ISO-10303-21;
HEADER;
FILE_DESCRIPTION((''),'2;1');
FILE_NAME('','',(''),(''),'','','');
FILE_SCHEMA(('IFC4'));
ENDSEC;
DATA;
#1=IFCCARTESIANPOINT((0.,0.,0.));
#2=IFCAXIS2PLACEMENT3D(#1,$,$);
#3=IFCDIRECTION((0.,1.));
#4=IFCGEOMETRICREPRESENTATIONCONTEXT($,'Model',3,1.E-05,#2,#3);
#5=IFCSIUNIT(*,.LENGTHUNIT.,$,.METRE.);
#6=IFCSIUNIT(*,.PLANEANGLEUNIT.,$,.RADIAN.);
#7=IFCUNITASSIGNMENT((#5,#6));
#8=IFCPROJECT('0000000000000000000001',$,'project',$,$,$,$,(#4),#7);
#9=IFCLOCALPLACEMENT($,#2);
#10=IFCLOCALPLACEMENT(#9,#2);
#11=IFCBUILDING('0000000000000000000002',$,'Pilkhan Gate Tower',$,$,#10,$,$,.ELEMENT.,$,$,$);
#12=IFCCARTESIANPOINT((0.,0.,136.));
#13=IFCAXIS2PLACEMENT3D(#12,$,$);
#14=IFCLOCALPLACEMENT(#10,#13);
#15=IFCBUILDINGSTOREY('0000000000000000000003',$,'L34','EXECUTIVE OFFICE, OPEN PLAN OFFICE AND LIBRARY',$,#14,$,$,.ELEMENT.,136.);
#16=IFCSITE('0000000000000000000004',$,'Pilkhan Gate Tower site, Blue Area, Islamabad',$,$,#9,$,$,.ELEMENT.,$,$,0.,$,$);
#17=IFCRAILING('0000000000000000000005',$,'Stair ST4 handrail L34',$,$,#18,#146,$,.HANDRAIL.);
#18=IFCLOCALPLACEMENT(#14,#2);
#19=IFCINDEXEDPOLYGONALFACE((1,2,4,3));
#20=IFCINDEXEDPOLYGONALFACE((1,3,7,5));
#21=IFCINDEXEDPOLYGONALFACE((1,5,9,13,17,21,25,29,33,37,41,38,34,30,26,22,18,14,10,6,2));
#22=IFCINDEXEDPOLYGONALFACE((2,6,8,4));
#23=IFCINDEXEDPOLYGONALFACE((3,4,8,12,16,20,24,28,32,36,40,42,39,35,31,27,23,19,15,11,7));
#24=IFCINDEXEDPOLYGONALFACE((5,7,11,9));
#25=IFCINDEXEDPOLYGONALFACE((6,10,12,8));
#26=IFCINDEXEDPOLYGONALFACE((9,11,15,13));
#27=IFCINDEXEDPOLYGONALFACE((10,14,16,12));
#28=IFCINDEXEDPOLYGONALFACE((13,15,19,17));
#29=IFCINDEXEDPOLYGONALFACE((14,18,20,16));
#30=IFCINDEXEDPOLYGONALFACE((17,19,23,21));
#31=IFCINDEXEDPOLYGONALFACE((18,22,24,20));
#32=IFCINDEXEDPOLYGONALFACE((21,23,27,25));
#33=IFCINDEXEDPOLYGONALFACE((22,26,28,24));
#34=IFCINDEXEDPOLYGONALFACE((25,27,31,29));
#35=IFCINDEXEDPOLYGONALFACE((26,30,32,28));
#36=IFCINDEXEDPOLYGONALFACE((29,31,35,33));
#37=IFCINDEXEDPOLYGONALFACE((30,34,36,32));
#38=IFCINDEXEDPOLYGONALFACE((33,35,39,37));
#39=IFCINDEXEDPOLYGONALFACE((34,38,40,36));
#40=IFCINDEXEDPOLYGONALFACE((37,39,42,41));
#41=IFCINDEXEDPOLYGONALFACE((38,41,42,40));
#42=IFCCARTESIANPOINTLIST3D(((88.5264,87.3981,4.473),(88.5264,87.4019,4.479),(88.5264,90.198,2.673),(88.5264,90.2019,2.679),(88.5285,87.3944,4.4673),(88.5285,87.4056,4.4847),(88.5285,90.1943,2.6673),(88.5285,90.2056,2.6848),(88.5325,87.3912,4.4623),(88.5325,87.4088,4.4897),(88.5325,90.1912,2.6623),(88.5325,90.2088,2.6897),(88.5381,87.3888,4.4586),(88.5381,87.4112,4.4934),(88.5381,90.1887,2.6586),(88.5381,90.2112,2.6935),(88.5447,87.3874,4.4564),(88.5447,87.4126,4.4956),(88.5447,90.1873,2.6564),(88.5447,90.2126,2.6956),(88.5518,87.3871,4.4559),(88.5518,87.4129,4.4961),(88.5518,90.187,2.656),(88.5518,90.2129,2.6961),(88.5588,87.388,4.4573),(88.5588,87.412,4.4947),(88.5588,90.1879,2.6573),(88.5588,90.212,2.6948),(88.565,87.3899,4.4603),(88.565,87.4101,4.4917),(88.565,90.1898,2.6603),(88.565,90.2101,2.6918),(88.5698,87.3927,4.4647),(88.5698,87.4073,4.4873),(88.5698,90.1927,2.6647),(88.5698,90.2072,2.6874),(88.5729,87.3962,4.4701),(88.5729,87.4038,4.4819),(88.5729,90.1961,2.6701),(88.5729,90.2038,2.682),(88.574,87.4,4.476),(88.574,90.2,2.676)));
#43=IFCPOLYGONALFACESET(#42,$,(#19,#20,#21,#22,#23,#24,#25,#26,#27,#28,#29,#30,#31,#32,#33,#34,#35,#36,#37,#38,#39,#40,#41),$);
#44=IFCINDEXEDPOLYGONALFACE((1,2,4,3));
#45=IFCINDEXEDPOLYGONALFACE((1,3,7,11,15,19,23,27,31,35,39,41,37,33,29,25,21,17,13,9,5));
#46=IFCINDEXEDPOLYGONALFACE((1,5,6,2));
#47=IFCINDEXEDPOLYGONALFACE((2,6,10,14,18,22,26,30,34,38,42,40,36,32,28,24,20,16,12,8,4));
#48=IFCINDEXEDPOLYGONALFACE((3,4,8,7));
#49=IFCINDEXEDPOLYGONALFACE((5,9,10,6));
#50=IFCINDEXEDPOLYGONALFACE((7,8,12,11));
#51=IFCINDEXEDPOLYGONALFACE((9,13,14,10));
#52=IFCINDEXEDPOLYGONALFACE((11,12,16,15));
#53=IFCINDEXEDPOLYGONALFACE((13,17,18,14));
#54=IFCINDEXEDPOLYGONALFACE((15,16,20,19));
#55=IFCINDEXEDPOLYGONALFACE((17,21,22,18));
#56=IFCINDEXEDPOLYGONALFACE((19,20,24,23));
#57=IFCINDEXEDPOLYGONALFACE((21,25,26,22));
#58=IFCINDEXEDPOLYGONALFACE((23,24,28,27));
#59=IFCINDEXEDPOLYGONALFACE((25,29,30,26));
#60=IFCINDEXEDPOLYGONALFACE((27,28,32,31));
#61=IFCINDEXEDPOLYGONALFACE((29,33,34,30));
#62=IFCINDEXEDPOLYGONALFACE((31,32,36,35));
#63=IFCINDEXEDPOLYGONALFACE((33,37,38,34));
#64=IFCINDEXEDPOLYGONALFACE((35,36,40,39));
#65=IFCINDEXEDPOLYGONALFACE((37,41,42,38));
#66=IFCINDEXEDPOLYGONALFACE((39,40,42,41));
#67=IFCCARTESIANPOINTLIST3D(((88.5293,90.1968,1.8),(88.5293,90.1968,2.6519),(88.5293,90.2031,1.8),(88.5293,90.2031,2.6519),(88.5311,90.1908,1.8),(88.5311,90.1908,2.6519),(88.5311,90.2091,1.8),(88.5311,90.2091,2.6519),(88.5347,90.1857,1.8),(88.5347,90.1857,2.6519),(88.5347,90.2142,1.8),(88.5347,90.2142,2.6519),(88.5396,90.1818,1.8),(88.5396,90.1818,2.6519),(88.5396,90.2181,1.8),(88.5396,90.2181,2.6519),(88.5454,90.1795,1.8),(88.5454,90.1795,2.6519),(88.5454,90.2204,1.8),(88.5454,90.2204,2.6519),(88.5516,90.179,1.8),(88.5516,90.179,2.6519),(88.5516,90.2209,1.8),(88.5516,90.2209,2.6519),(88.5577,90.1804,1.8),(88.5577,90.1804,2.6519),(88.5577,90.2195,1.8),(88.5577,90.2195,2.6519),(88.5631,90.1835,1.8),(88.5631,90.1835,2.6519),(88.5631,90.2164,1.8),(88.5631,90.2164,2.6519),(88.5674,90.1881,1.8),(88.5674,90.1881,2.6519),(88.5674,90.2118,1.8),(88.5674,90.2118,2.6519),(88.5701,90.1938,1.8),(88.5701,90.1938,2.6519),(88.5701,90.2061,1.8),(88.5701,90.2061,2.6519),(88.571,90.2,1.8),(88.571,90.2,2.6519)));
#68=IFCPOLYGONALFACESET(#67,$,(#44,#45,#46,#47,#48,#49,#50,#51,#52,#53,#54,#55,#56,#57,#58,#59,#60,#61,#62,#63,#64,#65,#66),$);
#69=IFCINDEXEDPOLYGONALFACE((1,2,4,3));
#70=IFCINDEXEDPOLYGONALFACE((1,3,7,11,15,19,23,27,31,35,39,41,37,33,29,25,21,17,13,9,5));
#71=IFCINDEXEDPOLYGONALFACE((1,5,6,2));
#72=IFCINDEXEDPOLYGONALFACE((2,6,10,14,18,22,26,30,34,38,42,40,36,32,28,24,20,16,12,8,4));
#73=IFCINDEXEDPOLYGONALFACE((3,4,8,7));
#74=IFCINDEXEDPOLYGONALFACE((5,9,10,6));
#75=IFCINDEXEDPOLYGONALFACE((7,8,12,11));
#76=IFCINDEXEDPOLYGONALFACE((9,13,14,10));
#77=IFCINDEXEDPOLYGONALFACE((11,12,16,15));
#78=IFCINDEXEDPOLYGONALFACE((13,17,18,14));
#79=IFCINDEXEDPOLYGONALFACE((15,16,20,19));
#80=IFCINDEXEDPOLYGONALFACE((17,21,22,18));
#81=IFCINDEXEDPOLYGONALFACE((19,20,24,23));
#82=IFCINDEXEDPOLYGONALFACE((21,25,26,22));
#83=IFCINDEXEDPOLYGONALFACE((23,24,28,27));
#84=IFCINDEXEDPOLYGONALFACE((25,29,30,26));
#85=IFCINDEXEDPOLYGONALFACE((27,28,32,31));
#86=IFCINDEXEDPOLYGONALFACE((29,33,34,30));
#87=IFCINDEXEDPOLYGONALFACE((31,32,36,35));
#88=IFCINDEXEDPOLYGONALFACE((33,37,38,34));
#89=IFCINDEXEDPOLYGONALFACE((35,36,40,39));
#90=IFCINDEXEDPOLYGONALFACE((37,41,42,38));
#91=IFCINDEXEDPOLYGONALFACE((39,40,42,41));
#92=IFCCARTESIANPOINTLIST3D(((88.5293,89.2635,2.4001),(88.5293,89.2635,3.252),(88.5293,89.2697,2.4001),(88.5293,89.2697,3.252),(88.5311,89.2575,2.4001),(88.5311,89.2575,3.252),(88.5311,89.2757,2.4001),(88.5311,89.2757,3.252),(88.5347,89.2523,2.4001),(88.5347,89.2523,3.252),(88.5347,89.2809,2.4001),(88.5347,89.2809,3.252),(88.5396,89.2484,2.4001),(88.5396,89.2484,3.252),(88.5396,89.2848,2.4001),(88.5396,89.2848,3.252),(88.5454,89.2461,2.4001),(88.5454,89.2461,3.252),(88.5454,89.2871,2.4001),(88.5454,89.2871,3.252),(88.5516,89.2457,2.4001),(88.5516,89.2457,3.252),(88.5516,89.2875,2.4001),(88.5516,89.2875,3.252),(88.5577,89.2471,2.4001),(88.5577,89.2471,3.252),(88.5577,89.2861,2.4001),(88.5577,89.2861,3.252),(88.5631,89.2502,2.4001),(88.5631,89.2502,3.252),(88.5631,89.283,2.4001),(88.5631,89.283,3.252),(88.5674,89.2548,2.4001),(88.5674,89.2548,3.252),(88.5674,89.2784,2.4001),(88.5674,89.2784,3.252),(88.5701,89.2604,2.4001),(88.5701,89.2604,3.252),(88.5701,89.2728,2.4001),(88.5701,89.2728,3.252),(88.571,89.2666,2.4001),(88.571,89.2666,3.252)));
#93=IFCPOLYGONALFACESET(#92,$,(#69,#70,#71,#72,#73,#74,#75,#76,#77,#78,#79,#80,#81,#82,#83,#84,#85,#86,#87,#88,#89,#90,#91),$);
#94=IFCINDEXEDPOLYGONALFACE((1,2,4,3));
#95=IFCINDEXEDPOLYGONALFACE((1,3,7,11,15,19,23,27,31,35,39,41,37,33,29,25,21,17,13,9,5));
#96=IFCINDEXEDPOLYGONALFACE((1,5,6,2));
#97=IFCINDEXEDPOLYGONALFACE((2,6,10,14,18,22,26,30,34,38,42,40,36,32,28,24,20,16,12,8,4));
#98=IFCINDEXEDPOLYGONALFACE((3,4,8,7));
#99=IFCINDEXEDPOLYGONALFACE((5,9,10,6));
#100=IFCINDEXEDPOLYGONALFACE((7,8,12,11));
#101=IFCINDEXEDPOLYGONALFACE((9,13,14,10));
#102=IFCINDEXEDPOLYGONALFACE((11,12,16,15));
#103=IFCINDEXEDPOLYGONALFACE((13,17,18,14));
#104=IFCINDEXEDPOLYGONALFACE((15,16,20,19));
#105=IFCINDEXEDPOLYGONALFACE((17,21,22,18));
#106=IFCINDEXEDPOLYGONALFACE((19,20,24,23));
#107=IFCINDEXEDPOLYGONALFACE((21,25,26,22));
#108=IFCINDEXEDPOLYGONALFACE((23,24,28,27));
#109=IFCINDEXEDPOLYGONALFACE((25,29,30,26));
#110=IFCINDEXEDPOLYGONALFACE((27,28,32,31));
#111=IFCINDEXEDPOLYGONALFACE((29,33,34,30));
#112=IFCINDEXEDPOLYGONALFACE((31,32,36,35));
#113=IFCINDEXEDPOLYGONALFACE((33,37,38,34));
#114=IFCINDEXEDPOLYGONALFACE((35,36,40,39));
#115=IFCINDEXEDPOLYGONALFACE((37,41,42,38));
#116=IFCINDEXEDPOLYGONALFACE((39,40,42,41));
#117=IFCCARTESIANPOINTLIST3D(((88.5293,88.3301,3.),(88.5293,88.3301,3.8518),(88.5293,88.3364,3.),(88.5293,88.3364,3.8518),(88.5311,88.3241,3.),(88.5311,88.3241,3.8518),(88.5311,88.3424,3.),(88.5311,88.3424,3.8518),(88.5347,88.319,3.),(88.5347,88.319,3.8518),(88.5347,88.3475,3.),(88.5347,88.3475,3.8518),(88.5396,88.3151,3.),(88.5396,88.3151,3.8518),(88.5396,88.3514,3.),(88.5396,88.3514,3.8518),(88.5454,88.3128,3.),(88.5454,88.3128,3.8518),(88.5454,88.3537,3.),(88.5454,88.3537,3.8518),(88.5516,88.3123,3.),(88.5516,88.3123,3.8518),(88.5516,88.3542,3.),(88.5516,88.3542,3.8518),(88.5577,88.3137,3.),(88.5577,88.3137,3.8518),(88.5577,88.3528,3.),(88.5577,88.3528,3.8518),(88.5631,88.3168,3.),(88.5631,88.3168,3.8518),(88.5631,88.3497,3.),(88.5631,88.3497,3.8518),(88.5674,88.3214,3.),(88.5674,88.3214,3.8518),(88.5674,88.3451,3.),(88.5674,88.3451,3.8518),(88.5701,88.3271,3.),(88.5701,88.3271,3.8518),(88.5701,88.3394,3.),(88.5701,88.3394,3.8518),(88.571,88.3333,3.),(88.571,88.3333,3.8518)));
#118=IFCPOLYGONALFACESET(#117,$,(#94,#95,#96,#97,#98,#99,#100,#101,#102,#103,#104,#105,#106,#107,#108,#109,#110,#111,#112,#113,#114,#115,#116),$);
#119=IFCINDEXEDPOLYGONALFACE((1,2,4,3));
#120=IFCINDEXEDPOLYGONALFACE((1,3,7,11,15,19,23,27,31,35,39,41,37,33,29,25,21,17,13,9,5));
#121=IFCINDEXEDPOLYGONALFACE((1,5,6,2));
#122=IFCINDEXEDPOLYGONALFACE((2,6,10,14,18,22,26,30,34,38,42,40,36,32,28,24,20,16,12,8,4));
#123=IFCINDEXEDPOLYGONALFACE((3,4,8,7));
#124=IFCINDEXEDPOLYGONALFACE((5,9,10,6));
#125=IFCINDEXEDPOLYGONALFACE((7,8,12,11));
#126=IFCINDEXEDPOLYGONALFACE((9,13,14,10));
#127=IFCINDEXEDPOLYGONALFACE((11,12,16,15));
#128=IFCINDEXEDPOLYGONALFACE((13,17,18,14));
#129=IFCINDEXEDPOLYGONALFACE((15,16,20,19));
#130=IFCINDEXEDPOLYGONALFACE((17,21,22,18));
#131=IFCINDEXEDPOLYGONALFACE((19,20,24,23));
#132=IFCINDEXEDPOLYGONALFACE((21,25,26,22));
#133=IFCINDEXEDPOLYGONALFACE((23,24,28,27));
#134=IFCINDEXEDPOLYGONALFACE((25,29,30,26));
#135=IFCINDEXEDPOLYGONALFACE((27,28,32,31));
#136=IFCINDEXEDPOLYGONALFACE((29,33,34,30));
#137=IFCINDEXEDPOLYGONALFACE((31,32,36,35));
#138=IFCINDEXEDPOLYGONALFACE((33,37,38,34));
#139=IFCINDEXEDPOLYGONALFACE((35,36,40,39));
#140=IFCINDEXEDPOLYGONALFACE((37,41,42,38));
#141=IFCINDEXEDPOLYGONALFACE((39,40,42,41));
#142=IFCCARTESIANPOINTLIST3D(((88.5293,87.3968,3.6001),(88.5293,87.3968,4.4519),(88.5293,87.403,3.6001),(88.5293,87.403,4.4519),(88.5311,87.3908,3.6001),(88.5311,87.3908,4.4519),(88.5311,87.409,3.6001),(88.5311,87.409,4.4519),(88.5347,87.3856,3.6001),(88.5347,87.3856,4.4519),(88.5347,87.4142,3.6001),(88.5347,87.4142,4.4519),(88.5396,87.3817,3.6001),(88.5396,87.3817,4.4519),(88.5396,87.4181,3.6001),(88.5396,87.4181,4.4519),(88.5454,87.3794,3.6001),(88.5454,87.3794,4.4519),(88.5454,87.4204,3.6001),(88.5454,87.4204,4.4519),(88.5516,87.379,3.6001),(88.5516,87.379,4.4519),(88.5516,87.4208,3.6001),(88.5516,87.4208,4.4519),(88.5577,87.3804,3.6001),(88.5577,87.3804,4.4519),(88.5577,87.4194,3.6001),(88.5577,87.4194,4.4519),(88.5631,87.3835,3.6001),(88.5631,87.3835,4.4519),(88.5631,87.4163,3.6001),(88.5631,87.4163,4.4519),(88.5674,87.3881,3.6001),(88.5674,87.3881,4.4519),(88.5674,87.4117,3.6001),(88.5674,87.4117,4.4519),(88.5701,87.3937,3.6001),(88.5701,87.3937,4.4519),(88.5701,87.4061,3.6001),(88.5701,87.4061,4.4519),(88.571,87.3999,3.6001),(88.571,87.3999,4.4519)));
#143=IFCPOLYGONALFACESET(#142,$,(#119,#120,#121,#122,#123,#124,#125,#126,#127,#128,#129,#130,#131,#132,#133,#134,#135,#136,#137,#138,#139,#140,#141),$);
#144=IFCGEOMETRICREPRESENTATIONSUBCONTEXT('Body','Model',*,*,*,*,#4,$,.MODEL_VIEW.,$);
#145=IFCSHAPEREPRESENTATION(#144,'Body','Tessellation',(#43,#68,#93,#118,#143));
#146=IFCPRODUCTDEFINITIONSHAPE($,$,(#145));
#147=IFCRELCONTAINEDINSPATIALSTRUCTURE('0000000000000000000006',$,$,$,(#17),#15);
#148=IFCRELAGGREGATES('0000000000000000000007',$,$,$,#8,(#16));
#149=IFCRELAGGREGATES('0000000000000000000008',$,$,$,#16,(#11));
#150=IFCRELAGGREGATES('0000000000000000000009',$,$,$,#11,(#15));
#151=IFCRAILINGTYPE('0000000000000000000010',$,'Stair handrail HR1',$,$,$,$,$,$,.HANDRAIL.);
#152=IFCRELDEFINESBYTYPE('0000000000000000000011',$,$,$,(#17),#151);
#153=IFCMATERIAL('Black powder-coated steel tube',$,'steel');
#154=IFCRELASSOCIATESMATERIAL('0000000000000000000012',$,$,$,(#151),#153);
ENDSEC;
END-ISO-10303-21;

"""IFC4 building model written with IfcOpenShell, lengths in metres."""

from ifc_helpers import new_model, si_unit, direction, frame, origin, origin_2d, place, context, subcontext, project, spatial, circle, extrude, material, type_object, element, save


model = new_model("IFC4")

# Units and contexts
model_context = context("Model", 3, precision=1e-05, world=origin(), true_north=direction((0.0, 1.0)))
body_context = subcontext(model_context, "Body", "Model", "MODEL_VIEW")
ifc_project = project(units=[si_unit("LENGTHUNIT", "METRE"), si_unit("PLANEANGLEUNIT", "RADIAN")], contexts=[model_context])

# Site, building, storey
site_placement = place(None, origin())
site = spatial("IfcSite", under=ifc_project, at=site_placement, Name="Pilkhan Gate Tower site, Blue Area, Islamabad", CompositionType="ELEMENT", RefElevation=0.0)
building_placement = place(site_placement, origin())
building = spatial("IfcBuilding", under=site, at=building_placement, Name="Pilkhan Gate Tower", CompositionType="ELEMENT")
storey_placement = place(building_placement, frame((0.0, 0.0, 136.0)))
storey = spatial("IfcBuildingStorey", under=building, at=storey_placement, Name="L34", Description="EXECUTIVE OFFICE, OPEN PLAN OFFICE AND LIBRARY", CompositionType="ELEMENT", Elevation=136.0)

# Railing
ifc_material_1 = material(Name="Black powder-coated steel tube", Category="steel")
railing_type_1 = type_object("IfcRailingType", Name="Stair handrail HR1", PredefinedType="HANDRAIL", material=ifc_material_1)
railing_1_placement = place(storey_placement, frame((88.55, 90.2, 1.8)))
element("IfcRailing", 1, at=railing_1_placement, inside=storey, type_object=railing_type_1, Name="Stair ST4 handrail L34", PredefinedType="HANDRAIL", context=body_context, shape_type="SweptSolid", body=[
    extrude(circle(Radius=0.0239, at=origin_2d()), frame((0.0, 0.0, 0.876), z_axis=(0.0, -0.841176, 0.540761), x_axis=(1.0, 0.0, 0.0)), (0.0, 0.0, 1.0), 3.3286),
    extrude(circle(Radius=0.021, at=origin_2d()), origin(), (0.0, 0.0, 1.0), 0.8518),
    extrude(circle(Radius=0.021, at=origin_2d()), frame((0.0, -0.9333, 0.6001)), (0.0, 0.0, 1.0), 0.8518),
    extrude(circle(Radius=0.021, at=origin_2d()), frame((0.0, -1.8667, 1.2)), (0.0, 0.0, 1.0), 0.8518),
    extrude(circle(Radius=0.021, at=origin_2d()), frame((0.0, -2.8, 1.8)), (0.0, 0.0, 1.0), 0.8518),
])

save(model, "model.ifc")
